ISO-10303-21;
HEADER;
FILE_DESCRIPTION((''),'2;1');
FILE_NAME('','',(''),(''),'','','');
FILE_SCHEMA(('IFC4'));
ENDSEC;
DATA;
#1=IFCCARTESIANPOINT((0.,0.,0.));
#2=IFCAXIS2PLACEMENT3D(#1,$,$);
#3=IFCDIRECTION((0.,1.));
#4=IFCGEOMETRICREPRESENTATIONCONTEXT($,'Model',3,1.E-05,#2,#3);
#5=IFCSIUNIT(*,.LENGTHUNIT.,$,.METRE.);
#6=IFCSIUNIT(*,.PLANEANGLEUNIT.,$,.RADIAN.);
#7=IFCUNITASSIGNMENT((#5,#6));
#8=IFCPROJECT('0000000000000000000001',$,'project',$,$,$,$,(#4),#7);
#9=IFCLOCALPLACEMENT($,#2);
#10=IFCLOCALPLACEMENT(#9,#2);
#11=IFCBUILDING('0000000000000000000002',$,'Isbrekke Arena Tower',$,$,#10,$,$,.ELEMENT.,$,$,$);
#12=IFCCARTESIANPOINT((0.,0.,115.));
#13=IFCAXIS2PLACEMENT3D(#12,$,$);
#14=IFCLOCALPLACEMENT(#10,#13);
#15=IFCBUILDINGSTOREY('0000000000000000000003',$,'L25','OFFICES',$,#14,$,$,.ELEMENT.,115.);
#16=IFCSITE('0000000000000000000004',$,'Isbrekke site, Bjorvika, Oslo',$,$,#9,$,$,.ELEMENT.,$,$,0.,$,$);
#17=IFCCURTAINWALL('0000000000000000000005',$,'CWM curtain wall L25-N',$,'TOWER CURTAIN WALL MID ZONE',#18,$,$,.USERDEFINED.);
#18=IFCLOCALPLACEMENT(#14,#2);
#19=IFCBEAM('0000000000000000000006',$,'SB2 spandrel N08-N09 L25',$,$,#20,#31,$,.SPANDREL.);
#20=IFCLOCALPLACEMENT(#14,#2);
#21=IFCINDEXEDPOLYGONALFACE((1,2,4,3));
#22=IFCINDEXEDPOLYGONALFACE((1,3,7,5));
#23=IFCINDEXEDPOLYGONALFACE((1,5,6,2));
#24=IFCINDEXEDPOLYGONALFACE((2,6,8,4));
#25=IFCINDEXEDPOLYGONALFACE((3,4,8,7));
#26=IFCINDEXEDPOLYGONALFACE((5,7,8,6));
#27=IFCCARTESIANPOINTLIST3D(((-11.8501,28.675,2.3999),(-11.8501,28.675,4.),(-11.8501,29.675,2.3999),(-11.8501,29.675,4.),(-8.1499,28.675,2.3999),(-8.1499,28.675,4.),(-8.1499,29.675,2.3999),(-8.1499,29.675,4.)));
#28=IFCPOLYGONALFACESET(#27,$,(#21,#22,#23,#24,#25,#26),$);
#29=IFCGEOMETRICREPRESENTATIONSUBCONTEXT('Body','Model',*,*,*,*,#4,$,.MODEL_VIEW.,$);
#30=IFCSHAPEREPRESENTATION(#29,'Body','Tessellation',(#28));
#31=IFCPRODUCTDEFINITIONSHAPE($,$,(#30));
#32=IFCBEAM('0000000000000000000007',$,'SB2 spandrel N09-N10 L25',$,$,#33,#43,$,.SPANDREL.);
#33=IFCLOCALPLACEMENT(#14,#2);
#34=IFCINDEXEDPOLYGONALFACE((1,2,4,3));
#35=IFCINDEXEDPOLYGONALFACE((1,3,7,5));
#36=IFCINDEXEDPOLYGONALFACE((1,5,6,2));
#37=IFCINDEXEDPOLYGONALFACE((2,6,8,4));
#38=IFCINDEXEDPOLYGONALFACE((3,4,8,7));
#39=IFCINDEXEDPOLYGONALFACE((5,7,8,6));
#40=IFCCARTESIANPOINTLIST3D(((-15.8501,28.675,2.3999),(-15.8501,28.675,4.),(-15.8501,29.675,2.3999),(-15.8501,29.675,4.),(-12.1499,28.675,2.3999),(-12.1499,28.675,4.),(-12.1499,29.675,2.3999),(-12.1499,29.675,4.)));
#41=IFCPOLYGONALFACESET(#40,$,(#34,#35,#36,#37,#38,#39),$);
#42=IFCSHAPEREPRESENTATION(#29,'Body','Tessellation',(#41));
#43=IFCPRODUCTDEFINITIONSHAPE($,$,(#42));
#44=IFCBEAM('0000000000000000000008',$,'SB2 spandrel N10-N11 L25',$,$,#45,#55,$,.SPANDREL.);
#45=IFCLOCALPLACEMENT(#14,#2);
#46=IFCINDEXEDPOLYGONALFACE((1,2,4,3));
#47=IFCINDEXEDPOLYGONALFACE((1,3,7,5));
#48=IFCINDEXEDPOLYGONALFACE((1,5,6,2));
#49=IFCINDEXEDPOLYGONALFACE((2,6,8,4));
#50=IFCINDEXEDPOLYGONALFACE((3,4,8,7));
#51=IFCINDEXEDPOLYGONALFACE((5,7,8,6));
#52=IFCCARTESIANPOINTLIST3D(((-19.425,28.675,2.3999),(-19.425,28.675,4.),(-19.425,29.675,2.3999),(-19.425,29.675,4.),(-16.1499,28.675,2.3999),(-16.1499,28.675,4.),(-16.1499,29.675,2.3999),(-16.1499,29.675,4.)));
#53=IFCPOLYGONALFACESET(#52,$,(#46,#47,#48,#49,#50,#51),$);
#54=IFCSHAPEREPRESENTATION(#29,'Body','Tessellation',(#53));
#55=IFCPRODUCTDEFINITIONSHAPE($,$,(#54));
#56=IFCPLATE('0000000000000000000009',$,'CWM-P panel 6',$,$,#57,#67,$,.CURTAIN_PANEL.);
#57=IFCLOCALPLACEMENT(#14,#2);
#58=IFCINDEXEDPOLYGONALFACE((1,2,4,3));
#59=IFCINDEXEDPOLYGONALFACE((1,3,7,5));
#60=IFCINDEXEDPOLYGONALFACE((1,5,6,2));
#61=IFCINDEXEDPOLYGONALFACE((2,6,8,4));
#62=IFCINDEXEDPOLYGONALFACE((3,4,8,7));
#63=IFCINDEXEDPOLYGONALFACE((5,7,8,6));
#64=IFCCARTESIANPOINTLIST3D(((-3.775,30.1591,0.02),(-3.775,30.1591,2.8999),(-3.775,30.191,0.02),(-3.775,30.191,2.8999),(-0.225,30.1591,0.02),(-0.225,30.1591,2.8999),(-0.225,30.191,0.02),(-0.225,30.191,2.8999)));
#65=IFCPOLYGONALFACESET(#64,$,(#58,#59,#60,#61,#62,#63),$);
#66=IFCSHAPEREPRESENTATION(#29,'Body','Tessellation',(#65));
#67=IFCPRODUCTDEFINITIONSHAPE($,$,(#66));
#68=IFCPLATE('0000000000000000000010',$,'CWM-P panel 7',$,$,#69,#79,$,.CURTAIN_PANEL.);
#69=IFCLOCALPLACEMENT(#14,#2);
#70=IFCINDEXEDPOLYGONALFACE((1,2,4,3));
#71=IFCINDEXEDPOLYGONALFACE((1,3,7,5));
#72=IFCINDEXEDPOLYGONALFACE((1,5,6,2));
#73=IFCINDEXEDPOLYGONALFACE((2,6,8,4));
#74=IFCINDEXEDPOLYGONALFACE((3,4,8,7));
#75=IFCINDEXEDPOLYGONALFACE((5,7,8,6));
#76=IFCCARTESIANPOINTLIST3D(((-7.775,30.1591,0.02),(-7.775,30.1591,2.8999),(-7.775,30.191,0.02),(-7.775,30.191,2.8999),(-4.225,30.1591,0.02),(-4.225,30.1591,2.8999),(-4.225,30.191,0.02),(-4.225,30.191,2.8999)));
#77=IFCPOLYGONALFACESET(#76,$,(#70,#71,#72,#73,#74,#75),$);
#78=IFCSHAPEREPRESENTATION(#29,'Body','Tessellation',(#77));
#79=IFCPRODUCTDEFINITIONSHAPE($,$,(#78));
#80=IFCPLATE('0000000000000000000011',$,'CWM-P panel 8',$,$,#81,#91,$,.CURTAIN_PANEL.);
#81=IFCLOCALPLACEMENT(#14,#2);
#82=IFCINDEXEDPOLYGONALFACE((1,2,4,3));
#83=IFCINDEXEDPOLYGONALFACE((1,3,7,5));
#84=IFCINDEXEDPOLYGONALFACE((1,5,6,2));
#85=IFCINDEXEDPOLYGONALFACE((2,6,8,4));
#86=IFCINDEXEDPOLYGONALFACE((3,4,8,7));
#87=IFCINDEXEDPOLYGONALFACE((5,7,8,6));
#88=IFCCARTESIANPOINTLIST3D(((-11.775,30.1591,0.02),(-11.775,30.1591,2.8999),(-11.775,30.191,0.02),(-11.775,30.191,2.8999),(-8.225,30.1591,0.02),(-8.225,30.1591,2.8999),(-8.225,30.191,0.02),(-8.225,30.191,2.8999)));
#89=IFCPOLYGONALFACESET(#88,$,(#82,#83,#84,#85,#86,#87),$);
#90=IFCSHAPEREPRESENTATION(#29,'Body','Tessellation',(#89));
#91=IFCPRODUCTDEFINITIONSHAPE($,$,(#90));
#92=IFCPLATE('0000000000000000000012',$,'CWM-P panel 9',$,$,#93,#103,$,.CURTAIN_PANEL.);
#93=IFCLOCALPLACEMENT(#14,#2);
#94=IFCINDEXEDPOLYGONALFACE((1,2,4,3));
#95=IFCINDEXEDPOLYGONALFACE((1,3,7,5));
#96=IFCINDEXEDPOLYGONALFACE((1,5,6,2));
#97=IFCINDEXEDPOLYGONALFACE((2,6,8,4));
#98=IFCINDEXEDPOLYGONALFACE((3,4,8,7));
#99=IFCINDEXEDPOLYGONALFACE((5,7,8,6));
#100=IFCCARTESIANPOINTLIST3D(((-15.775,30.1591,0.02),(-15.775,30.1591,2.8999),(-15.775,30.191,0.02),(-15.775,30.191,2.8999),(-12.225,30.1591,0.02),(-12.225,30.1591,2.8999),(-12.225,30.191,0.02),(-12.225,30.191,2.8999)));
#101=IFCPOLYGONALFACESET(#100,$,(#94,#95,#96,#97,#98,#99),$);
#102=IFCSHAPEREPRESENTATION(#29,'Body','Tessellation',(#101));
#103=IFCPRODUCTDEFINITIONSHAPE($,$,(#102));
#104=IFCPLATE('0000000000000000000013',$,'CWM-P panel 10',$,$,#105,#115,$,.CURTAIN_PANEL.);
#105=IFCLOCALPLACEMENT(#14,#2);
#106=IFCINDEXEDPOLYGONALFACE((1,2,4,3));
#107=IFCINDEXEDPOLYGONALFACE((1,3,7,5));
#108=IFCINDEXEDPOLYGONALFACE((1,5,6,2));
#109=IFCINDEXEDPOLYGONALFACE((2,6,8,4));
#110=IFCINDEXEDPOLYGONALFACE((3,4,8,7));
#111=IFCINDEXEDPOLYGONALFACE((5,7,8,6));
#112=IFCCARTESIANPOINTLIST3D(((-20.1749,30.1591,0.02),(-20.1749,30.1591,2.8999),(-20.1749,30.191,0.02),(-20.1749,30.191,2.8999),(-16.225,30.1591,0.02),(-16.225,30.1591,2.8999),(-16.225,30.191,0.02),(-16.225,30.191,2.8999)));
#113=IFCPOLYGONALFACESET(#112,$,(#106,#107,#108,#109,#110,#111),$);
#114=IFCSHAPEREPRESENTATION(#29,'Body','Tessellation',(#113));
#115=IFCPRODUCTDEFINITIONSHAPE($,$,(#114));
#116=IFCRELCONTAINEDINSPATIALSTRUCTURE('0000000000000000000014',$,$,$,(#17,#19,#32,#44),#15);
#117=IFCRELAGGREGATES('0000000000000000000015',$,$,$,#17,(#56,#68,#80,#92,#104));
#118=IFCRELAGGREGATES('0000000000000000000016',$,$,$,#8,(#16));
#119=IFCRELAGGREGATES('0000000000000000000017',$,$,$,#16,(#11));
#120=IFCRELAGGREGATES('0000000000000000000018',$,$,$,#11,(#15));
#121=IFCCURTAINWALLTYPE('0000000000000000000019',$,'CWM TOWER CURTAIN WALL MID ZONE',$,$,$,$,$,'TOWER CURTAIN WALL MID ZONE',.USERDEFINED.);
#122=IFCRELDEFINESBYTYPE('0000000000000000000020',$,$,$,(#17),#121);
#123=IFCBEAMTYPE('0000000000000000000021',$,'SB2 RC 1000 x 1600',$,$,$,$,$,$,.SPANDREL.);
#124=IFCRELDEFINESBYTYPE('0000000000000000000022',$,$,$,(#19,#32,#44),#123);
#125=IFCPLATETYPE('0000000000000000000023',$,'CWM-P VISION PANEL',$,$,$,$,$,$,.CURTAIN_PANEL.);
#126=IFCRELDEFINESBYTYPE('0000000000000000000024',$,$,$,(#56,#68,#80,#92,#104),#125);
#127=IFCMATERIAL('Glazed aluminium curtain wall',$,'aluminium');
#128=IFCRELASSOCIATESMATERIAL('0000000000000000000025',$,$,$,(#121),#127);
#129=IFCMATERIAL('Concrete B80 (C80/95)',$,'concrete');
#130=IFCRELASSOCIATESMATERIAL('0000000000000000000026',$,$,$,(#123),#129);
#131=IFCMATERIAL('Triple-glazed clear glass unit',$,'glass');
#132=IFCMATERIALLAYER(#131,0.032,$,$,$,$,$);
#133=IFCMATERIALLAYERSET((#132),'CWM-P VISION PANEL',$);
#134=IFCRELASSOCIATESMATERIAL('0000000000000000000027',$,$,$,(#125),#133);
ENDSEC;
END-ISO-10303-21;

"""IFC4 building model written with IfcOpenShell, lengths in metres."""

from ifc_helpers import new_model, si_unit, direction, frame, origin, origin_2d, place, context, subcontext, project, spatial, rectangle, extrude, material, layer, layer_set, material_profile, profile_set, type_object, element, aggregate, save


model = new_model("IFC4")

# Units and contexts
model_context = context("Model", 3, precision=1e-05, world=origin(), true_north=direction((0.0, 1.0)))
body_context = subcontext(model_context, "Body", "Model", "MODEL_VIEW")
ifc_project = project(units=[si_unit("LENGTHUNIT", "METRE"), si_unit("PLANEANGLEUNIT", "RADIAN")], contexts=[model_context])

# Site, building, storey
site_placement = place(None, origin())
site = spatial("IfcSite", under=ifc_project, at=site_placement, Name="Isbrekke site, Bjorvika, Oslo", CompositionType="ELEMENT", RefElevation=0.0)
building_placement = place(site_placement, origin())
building = spatial("IfcBuilding", under=site, at=building_placement, Name="Isbrekke Arena Tower", CompositionType="ELEMENT")
storey_placement = place(building_placement, frame((0.0, 0.0, 115.0)))
storey = spatial("IfcBuildingStorey", under=building, at=storey_placement, Name="L25", Description="OFFICES", CompositionType="ELEMENT", Elevation=115.0)

# Curtain wall
ifc_material_1 = material(Name="Glazed aluminium curtain wall", Category="aluminium")
curtain_wall_type = type_object("IfcCurtainWallType", Name="CWM TOWER CURTAIN WALL MID ZONE", ElementType="TOWER CURTAIN WALL MID ZONE", PredefinedType="USERDEFINED", material=ifc_material_1)
curtain_wall_placement = place(storey_placement, origin())
curtain_wall = element("IfcCurtainWall", 1, at=curtain_wall_placement, inside=storey, type_object=curtain_wall_type, Name="CWM curtain wall L25-N", ObjectType="TOWER CURTAIN WALL MID ZONE", PredefinedType="USERDEFINED")

# Beams
ifc_material_2 = material(Name="Concrete B80 (C80/95)", Category="concrete")
ifc_material_profile_1 = material_profile(ifc_material_2, rectangle(XDim=1.0, YDim=1.6001, at=origin_2d()), Name="RC 1000x1600")
ifc_profile_set_1 = profile_set([ifc_material_profile_1], Name="Concrete B80 (C80/95)")
beam_type_1 = type_object("IfcBeamType", Name="SB2 RC 1000 x 1600", PredefinedType="SPANDREL", material=ifc_profile_set_1)
for number, where, z_axis, x_axis, name in (
    (2, (-8.1499, 29.175, 3.2), (-1.0, 0.0, 0.0), (0.0, -1.0, 0.0), "SB2 spandrel N08-N09 L25"),
    (3, (-12.1499, 29.175, 3.2), (-1.0, 0.0, 0.0), (0.0, -1.0, 0.0), "SB2 spandrel N09-N10 L25"),
):
    element("IfcBeam", number, at=place(storey_placement, frame(where, z_axis=z_axis, x_axis=x_axis)), inside=storey, type_object=beam_type_1, Name=name, PredefinedType="SPANDREL", context=body_context, shape_type="SweptSolid", body=[
        extrude(rectangle(XDim=1.0, YDim=1.6001, at=origin_2d()), origin(), (0.0, 0.0, 1.0), 3.7002),
    ])
beam_1_placement = place(storey_placement, frame((-16.1499, 29.175, 3.2), z_axis=(-1.0, 0.0, 0.0), x_axis=(0.0, -1.0, 0.0)))
element("IfcBeam", 4, at=beam_1_placement, inside=storey, type_object=beam_type_1, Name="SB2 spandrel N10-N11 L25", PredefinedType="SPANDREL", context=body_context, shape_type="SweptSolid", body=[
    extrude(rectangle(XDim=1.0, YDim=1.6001, at=origin_2d()), origin(), (0.0, 0.0, 1.0), 3.2751),
])

# Plates
ifc_material_3 = material(Name="Triple-glazed clear glass unit", Category="glass")
ifc_layer = layer(ifc_material_3, 0.032)
ifc_layer_set = layer_set([ifc_layer], Name="CWM-P VISION PANEL")
plate_type = type_object("IfcPlateType", Name="CWM-P VISION PANEL", PredefinedType="CURTAIN_PANEL", material=ifc_layer_set)
plate_1_placement = place(storey_placement, frame((-2.0, 30.175, 0.02), z_axis=(0.0, 0.0, 1.0), x_axis=(-1.0, 0.0, 0.0)))
plate_1 = element("IfcPlate", 5, at=plate_1_placement, type_object=plate_type, Name="CWM-P panel 6", PredefinedType="CURTAIN_PANEL", context=body_context, shape_type="SweptSolid", body=[
    extrude(rectangle(XDim=3.55, YDim=0.032, at=origin_2d()), origin(), (0.0, 0.0, 1.0), 2.8799),
])
plate_2_placement = place(storey_placement, frame((-6.0, 30.175, 0.02), z_axis=(0.0, 0.0, 1.0), x_axis=(-1.0, 0.0, 0.0)))
plate_2 = element("IfcPlate", 6, at=plate_2_placement, type_object=plate_type, Name="CWM-P panel 7", PredefinedType="CURTAIN_PANEL", context=body_context, shape_type="SweptSolid", body=[
    extrude(rectangle(XDim=3.55, YDim=0.032, at=origin_2d()), origin(), (0.0, 0.0, 1.0), 2.8799),
])
plate_3_placement = place(storey_placement, frame((-10.0, 30.175, 0.02), z_axis=(0.0, 0.0, 1.0), x_axis=(-1.0, 0.0, 0.0)))
plate_3 = element("IfcPlate", 7, at=plate_3_placement, type_object=plate_type, Name="CWM-P panel 8", PredefinedType="CURTAIN_PANEL", context=body_context, shape_type="SweptSolid", body=[
    extrude(rectangle(XDim=3.55, YDim=0.032, at=origin_2d()), origin(), (0.0, 0.0, 1.0), 2.8799),
])
plate_4_placement = place(storey_placement, frame((-14.0, 30.175, 0.02), z_axis=(0.0, 0.0, 1.0), x_axis=(-1.0, 0.0, 0.0)))
plate_4 = element("IfcPlate", 8, at=plate_4_placement, type_object=plate_type, Name="CWM-P panel 9", PredefinedType="CURTAIN_PANEL", context=body_context, shape_type="SweptSolid", body=[
    extrude(rectangle(XDim=3.55, YDim=0.032, at=origin_2d()), origin(), (0.0, 0.0, 1.0), 2.8799),
])
plate_5_placement = place(storey_placement, frame((-18.2, 30.175, 0.02), z_axis=(0.0, 0.0, 1.0), x_axis=(-1.0, 0.0, 0.0)))
plate_5 = element("IfcPlate", 9, at=plate_5_placement, type_object=plate_type, Name="CWM-P panel 10", PredefinedType="CURTAIN_PANEL", context=body_context, shape_type="SweptSolid", body=[
    extrude(rectangle(XDim=3.95, YDim=0.032, at=origin_2d()), origin(), (0.0, 0.0, 1.0), 2.8799),
])
aggregate(curtain_wall, [plate_1, plate_2, plate_3, plate_4, plate_5])

save(model, "model.ifc")
